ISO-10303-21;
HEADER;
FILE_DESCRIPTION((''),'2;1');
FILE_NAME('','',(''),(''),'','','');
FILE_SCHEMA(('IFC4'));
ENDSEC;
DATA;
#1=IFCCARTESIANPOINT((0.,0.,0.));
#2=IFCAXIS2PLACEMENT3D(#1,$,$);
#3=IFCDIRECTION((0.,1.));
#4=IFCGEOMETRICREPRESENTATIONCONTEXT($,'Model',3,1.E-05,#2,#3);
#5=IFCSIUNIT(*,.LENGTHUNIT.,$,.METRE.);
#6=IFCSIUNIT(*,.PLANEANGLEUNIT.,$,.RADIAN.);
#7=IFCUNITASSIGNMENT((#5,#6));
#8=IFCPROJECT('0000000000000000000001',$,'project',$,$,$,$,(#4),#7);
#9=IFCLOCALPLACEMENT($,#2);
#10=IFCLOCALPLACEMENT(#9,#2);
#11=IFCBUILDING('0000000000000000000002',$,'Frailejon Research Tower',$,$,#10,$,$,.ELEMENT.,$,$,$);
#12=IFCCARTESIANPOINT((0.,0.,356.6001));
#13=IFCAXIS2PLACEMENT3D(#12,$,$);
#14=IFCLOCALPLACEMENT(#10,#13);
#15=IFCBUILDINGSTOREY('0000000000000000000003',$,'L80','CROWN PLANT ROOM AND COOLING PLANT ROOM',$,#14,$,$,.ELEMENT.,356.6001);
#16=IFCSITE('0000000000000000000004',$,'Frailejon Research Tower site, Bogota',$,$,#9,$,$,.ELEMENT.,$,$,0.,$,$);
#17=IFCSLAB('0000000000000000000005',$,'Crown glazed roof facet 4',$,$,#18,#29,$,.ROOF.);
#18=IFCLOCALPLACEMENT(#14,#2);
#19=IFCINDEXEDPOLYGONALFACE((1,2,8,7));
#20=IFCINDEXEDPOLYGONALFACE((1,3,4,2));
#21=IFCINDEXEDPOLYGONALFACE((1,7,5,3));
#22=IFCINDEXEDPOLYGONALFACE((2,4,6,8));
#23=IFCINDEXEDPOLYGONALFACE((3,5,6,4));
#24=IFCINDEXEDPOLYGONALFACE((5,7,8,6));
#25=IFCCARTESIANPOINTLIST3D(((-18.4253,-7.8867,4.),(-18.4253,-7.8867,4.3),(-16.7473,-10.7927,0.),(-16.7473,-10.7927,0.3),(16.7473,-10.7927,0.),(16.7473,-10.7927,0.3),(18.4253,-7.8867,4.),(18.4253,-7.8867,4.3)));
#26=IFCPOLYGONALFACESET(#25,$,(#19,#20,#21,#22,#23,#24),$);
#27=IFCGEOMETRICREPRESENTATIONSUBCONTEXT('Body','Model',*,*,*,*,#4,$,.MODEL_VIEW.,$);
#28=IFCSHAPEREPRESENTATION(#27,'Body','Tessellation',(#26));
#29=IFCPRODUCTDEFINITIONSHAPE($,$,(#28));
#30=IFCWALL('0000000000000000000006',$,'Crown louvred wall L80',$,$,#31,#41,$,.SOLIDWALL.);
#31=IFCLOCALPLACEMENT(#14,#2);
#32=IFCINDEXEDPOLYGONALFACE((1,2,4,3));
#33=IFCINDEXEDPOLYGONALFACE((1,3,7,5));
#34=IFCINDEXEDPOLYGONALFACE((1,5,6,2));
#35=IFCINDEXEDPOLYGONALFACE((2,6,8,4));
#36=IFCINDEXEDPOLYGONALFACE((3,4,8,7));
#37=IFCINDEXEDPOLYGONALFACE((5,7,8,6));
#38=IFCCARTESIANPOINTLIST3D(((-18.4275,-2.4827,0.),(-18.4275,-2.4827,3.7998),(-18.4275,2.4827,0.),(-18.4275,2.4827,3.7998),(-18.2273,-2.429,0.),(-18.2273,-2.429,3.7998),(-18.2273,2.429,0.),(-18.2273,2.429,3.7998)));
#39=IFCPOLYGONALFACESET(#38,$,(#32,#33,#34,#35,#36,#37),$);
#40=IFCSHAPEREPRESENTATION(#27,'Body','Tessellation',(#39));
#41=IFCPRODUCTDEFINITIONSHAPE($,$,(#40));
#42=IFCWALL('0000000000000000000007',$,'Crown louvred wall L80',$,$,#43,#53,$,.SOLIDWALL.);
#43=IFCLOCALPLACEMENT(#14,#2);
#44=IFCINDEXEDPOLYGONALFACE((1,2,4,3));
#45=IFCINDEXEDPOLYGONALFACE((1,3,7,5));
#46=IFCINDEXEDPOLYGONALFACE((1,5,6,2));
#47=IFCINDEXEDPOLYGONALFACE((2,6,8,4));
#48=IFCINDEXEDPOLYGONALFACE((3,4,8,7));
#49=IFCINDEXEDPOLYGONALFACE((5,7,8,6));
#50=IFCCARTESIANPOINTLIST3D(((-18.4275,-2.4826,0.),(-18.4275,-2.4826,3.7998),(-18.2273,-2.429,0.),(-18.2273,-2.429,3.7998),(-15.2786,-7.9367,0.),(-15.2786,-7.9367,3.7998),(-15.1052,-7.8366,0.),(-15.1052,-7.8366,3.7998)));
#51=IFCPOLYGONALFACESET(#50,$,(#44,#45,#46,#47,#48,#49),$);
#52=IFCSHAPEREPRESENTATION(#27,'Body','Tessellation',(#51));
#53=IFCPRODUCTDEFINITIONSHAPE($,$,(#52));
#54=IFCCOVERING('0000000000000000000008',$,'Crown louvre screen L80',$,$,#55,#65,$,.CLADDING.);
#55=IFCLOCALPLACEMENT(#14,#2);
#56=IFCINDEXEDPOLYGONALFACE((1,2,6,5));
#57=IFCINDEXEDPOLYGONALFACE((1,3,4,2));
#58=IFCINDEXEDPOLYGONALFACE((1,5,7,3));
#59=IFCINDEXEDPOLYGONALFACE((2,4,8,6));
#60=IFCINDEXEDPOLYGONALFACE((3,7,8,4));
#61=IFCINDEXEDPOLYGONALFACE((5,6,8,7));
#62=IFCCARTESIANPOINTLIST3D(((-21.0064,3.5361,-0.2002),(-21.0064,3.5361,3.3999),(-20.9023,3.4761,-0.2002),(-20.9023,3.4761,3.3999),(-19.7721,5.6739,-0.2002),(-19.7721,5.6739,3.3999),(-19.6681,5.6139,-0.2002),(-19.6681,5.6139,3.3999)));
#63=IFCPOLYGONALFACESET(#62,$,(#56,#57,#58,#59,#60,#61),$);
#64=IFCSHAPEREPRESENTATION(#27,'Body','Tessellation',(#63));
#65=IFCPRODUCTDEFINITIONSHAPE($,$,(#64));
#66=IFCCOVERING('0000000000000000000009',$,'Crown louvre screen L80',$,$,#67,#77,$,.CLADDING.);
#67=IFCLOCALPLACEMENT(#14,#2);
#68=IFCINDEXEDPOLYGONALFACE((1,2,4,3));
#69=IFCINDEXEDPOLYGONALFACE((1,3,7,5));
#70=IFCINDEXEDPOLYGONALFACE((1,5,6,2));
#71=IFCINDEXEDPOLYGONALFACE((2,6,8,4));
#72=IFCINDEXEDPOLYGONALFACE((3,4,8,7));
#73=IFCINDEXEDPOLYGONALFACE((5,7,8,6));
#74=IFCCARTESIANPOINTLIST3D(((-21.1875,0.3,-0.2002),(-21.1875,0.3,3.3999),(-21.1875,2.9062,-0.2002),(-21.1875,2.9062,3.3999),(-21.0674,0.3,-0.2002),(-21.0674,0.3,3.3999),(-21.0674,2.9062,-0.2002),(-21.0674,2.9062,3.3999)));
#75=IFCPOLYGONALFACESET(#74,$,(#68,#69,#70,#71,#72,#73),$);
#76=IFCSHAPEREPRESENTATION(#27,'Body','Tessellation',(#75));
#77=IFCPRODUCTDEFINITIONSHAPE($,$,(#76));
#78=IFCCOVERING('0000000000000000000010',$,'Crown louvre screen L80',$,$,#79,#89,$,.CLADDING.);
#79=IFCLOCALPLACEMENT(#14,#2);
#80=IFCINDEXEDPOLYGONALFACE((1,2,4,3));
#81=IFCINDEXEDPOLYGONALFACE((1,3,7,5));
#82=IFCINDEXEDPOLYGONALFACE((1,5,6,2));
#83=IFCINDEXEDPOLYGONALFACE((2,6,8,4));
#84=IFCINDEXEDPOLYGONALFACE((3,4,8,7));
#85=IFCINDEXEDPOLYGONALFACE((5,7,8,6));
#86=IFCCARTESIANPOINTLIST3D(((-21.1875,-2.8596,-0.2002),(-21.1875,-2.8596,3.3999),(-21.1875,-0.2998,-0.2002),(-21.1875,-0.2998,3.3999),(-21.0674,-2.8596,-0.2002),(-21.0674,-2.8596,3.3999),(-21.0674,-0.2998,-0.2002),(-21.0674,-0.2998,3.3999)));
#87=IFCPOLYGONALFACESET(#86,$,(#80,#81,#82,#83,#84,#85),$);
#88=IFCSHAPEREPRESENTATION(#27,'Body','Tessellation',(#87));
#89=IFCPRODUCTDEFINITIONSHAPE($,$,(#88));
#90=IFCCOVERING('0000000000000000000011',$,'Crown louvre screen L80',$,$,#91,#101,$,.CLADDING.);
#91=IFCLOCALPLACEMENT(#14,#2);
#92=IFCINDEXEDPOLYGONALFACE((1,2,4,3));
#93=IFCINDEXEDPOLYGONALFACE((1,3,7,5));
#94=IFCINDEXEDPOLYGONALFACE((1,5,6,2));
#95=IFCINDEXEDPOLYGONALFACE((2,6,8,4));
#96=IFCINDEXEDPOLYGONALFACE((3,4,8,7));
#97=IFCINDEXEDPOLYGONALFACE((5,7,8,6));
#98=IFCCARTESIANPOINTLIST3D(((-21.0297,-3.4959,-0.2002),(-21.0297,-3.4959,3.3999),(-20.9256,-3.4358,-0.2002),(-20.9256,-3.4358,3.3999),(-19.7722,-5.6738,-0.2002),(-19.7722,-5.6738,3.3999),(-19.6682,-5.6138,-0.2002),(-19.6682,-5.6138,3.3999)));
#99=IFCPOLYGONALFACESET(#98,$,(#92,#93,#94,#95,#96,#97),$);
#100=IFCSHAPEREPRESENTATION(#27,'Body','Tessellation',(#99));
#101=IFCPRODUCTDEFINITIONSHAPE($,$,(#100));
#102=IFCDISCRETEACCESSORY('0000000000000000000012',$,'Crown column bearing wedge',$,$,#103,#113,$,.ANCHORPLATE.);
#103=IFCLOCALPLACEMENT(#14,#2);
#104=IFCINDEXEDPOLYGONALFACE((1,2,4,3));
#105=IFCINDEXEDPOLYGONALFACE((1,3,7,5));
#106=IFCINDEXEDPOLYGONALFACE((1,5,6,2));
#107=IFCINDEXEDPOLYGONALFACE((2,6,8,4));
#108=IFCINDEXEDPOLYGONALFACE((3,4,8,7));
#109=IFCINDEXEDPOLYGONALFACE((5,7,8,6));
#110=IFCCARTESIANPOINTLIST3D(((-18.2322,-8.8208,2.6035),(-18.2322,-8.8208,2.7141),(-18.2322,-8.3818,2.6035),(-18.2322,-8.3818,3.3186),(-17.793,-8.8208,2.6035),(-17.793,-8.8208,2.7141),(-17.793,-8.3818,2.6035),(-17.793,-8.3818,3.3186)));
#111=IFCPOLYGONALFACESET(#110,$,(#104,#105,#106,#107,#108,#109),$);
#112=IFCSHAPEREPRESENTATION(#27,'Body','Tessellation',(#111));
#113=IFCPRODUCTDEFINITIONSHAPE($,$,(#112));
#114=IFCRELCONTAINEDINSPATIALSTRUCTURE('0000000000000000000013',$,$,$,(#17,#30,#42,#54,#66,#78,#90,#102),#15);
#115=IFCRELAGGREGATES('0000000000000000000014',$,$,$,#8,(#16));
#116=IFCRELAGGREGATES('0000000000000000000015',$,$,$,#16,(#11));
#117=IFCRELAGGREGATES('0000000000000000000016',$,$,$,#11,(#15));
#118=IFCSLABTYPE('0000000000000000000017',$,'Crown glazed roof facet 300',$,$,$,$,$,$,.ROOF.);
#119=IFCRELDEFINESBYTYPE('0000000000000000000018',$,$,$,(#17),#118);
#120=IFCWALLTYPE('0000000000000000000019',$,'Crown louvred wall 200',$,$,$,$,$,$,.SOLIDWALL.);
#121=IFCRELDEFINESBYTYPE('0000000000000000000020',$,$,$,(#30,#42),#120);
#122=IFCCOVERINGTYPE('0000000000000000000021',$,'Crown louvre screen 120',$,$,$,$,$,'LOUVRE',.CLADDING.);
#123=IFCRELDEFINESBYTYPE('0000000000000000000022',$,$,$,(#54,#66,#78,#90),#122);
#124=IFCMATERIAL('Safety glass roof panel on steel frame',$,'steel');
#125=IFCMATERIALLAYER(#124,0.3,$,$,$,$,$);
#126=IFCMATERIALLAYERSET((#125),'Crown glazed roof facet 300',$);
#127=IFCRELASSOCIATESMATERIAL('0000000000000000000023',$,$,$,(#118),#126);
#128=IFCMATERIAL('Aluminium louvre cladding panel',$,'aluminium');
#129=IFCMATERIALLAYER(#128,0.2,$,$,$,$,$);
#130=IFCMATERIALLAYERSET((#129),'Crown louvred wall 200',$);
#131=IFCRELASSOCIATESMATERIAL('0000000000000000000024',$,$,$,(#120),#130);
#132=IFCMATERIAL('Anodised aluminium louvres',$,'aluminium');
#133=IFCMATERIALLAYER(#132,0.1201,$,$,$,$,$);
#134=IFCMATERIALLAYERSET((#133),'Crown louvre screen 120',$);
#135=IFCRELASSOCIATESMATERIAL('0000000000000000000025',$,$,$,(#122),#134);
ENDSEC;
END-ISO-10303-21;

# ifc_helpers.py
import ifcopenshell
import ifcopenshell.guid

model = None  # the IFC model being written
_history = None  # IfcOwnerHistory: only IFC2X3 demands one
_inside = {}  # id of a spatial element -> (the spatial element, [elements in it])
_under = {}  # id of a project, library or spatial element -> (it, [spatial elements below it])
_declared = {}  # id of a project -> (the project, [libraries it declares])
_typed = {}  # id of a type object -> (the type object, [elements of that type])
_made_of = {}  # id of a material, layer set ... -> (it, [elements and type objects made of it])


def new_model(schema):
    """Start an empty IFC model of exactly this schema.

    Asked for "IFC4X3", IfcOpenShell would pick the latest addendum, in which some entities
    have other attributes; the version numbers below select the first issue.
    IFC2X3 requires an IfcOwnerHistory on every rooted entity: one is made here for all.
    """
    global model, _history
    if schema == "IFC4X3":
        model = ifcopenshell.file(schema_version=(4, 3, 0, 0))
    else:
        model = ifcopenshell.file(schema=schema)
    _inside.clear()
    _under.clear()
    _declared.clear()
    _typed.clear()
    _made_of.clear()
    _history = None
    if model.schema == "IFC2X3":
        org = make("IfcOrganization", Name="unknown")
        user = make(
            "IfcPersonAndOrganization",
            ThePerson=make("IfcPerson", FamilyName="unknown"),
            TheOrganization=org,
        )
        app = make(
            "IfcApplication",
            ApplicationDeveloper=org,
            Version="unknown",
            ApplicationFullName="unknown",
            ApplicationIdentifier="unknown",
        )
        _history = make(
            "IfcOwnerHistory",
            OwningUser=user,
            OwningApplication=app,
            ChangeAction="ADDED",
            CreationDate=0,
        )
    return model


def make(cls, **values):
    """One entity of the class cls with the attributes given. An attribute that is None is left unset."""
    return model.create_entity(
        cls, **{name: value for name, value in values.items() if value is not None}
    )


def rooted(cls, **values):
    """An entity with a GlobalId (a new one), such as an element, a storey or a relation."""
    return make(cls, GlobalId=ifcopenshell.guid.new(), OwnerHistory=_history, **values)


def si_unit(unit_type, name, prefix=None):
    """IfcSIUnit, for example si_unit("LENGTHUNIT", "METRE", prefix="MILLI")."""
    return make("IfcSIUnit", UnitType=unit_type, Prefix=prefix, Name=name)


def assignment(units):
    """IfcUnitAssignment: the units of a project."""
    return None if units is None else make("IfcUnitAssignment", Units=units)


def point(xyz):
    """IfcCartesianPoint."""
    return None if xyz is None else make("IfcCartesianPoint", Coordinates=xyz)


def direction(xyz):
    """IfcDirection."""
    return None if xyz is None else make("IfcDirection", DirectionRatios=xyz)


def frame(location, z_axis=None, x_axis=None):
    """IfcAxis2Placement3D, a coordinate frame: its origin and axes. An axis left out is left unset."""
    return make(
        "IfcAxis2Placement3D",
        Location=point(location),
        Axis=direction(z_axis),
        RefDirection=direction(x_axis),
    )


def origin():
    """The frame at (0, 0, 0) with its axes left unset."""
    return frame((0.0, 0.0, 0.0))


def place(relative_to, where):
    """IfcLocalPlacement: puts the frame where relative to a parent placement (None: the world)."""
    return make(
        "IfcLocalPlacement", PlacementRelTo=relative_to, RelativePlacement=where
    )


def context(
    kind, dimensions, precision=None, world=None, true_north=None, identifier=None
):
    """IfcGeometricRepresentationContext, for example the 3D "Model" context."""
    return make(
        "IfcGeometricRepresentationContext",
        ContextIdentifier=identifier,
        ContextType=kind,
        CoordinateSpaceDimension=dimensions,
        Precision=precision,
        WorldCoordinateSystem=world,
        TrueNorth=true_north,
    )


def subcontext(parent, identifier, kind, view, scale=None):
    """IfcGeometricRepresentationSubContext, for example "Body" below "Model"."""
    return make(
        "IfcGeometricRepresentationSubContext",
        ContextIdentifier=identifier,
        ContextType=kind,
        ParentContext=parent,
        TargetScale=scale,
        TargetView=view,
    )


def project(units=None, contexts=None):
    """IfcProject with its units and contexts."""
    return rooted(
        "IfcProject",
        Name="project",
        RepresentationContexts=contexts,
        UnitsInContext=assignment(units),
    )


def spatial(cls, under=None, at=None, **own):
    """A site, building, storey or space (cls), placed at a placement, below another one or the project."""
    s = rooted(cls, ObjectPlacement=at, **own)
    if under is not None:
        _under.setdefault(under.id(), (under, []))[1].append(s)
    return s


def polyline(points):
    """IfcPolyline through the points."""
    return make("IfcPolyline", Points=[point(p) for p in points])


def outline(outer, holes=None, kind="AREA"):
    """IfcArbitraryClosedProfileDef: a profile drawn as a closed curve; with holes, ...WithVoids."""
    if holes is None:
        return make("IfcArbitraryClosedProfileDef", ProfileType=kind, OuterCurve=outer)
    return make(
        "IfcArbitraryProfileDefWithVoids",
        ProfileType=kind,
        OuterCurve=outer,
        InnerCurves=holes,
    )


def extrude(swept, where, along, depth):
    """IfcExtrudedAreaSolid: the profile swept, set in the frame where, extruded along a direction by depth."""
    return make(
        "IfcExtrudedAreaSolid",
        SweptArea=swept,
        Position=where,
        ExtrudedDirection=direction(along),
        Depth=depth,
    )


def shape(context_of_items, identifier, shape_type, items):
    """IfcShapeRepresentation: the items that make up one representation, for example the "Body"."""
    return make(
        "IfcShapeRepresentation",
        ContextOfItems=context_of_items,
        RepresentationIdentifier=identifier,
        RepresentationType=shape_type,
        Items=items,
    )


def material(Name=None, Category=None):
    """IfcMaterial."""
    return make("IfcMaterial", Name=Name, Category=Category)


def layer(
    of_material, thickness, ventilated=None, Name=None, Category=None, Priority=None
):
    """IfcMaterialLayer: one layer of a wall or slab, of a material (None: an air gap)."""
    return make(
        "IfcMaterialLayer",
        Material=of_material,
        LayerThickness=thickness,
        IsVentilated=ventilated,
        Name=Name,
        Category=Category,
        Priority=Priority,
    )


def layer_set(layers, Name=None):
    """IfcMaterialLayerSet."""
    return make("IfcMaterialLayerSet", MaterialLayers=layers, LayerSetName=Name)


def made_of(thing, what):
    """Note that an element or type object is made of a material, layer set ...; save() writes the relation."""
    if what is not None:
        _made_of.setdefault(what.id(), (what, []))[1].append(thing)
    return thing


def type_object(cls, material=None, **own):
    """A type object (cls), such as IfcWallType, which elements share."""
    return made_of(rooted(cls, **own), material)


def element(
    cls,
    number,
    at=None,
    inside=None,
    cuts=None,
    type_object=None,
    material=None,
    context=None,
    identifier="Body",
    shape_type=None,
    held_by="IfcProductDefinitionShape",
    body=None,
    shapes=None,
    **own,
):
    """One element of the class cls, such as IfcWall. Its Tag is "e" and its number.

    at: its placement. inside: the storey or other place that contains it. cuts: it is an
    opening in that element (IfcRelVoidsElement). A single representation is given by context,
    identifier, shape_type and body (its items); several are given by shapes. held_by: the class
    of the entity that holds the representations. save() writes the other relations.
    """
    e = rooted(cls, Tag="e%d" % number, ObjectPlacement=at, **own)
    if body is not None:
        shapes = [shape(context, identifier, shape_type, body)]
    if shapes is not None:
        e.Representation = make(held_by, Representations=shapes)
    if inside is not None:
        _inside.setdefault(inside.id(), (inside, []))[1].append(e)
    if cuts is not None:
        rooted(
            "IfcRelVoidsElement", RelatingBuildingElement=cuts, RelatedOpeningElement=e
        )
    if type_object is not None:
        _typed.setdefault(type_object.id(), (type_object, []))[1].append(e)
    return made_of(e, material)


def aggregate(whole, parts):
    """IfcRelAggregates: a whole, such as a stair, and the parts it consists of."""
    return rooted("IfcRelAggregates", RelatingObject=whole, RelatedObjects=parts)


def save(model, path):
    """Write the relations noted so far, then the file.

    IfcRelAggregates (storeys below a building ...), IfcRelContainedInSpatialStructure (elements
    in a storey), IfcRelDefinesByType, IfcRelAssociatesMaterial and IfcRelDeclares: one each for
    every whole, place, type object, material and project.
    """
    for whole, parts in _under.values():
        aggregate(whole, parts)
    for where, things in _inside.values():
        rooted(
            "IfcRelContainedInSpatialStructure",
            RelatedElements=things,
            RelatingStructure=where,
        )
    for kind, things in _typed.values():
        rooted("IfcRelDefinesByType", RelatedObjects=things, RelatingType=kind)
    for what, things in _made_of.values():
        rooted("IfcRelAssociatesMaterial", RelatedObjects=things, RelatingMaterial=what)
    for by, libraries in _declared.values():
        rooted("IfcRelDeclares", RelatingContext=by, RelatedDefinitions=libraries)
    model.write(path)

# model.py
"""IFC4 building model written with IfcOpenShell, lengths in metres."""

from ifc_helpers import new_model, si_unit, direction, frame, origin, place, context, subcontext, project, spatial, polyline, outline, extrude, material, layer, layer_set, type_object, element, save


model = new_model("IFC4")

# Units and contexts
model_context = context("Model", 3, precision=1e-05, world=origin(), true_north=direction((0.0, 1.0)))
body_context = subcontext(model_context, "Body", "Model", "MODEL_VIEW")
ifc_project = project(units=[si_unit("LENGTHUNIT", "METRE"), si_unit("PLANEANGLEUNIT", "RADIAN")], contexts=[model_context])

# Site, building, storey
site_placement = place(None, origin())
site = spatial("IfcSite", under=ifc_project, at=site_placement, Name="Frailejon Research Tower site, Bogota", CompositionType="ELEMENT", RefElevation=0.0)
building_placement = place(site_placement, origin())
building = spatial("IfcBuilding", under=site, at=building_placement, Name="Frailejon Research Tower", CompositionType="ELEMENT")
storey_placement = place(building_placement, frame((0.0, 0.0, 356.6001)))
storey = spatial("IfcBuildingStorey", under=building, at=storey_placement, Name="L80", Description="CROWN PLANT ROOM AND COOLING PLANT ROOM", CompositionType="ELEMENT", Elevation=356.6001)

# Slab
ifc_material_1 = material(Name="Safety glass roof panel on steel frame", Category="steel")
ifc_layer_1 = layer(ifc_material_1, 0.3)
ifc_layer_set_1 = layer_set([ifc_layer_1], Name="Crown glazed roof facet 300")
slab_type = type_object("IfcSlabType", Name="Crown glazed roof facet 300", PredefinedType="ROOF", material=ifc_layer_set_1)
slab_placement = place(storey_placement, frame((-18.4253, -7.8867, 4.0), z_axis=(0.0, -0.809033, 0.587764), x_axis=(1.0, 0.0, 0.0)))
element("IfcSlab", 1, at=slab_placement, inside=storey, type_object=slab_type, Name="Crown glazed roof facet 4", PredefinedType="ROOF", context=body_context, shape_type="SweptSolid", body=[
    extrude(outline(polyline([(0.0, 0.0), (36.8506, 0.0), (35.1726, -4.9442), (1.678, -4.9442), (0.0, 0.0)])), origin(), (0.0, 0.809033, 0.587764), 0.3),
])

# Walls
ifc_material_2 = material(Name="Aluminium louvre cladding panel", Category="aluminium")
ifc_layer_2 = layer(ifc_material_2, 0.2)
ifc_layer_set_2 = layer_set([ifc_layer_2], Name="Crown louvred wall 200")
wall_type = type_object("IfcWallType", Name="Crown louvred wall 200", PredefinedType="SOLIDWALL", material=ifc_layer_set_2)
wall_1_placement = place(storey_placement, frame((-18.3274, 2.4558, 0.0), z_axis=(0.0, 0.0, 1.0), x_axis=(0.0, -1.0, 0.0)))
element("IfcWall", 2, at=wall_1_placement, inside=storey, type_object=wall_type, Name="Crown louvred wall L80", PredefinedType="SOLIDWALL", context=body_context, shape_type="SweptSolid", body=[
    extrude(outline(polyline([(-0.0269, -0.1001), (4.9385, -0.1001), (4.8848, 0.1001), (0.0269, 0.1001), (-0.0269, -0.1001)])), origin(), (0.0, 0.0, 1.0), 3.7998),
])
wall_2_placement = place(storey_placement, frame((-18.3274, -2.4558, 0.0), z_axis=(0.0, 0.0, 1.0), x_axis=(0.499995, -0.866028, 0.0)))
element("IfcWall", 3, at=wall_2_placement, inside=storey, type_object=wall_type, Name="Crown louvred wall L80", PredefinedType="SOLIDWALL", context=body_context, shape_type="SweptSolid", body=[
    extrude(outline(polyline([(-0.0269, -0.1001), (6.271, -0.1001), (6.271, 0.1001), (0.0269, 0.1001), (-0.0269, -0.1001)])), origin(), (0.0, 0.0, 1.0), 3.7998),
])

# Coverings
ifc_material_3 = material(Name="Anodised aluminium louvres", Category="aluminium")
ifc_layer_3 = layer(ifc_material_3, 0.1201)
ifc_layer_set_3 = layer_set([ifc_layer_3], Name="Crown louvre screen 120")
covering_type = type_object("IfcCoveringType", Name="Crown louvre screen 120", ElementType="LOUVRE", PredefinedType="CLADDING", material=ifc_layer_set_3)
covering_1_placement = place(storey_placement, frame((-20.9543, 3.5061, -0.2002), z_axis=(0.499999, 0.866026, 0.0), x_axis=(-0.866026, 0.499999, 0.0)))
element("IfcCovering", 4, at=covering_1_placement, inside=storey, type_object=covering_type, Name="Crown louvre screen L80", PredefinedType="CLADDING", context=body_context, shape_type="SweptSolid", body=[
    extrude(outline(polyline([(-0.0601, 0.0), (0.0601, 0.0), (0.0601, 3.6001), (-0.0601, 3.6001), (-0.0601, 0.0)])), origin(), (0.0, 0.0, 1.0), 2.4685),
])
covering_2_placement = place(storey_placement, frame((-21.1274, 0.3, -0.2002), z_axis=(0.0, 1.0, 0.0), x_axis=(-1.0, 0.0, 0.0)))
element("IfcCovering", 5, at=covering_2_placement, inside=storey, type_object=covering_type, Name="Crown louvre screen L80", PredefinedType="CLADDING", context=body_context, shape_type="SweptSolid", body=[
    extrude(outline(polyline([(-0.0601, 0.0), (0.0601, 0.0), (0.0601, 3.6001), (-0.0601, 3.6001), (-0.0601, 0.0)])), origin(), (0.0, 0.0, 1.0), 2.6062),
])
covering_3_placement = place(storey_placement, frame((-21.1274, -2.8596, -0.2002), z_axis=(0.0, 1.0, 0.0), x_axis=(-1.0, 0.0, 0.0)))
element("IfcCovering", 6, at=covering_3_placement, inside=storey, type_object=covering_type, Name="Crown louvre screen L80", PredefinedType="CLADDING", context=body_context, shape_type="SweptSolid", body=[
    extrude(outline(polyline([(-0.0601, 0.0), (0.0601, 0.0), (0.0601, 3.6001), (-0.0601, 3.6001), (-0.0601, 0.0)])), origin(), (0.0, 0.0, 1.0), 2.5598),
])
covering_4_placement = place(storey_placement, frame((-19.7202, -5.6438, -0.2002), z_axis=(-0.499997, 0.866027, 0.0), x_axis=(-0.866027, -0.499997, 0.0)))
element("IfcCovering", 7, at=covering_4_placement, inside=storey, type_object=covering_type, Name="Crown louvre screen L80", PredefinedType="CLADDING", context=body_context, shape_type="SweptSolid", body=[
    extrude(outline(polyline([(-0.0601, 0.0), (0.0601, 0.0), (0.0601, 3.6001), (-0.0601, 3.6001), (-0.0601, 0.0)])), origin(), (0.0, 0.0, 1.0), 2.5149),
])

# Discrete accessory
discrete_accessory_placement = place(storey_placement, frame((-18.2322, -8.6013, 2.6035), z_axis=(1.0, 0.0, 0.0), x_axis=(0.0, 1.0, 0.0)))
element("IfcDiscreteAccessory", 8, at=discrete_accessory_placement, inside=storey, Name="Crown column bearing wedge", PredefinedType="ANCHORPLATE", context=body_context, shape_type="SweptSolid", body=[
    extrude(outline(polyline([(-0.2195, 0.0), (0.2195, 0.0), (0.2195, 0.7151), (-0.2195, 0.1106), (-0.2195, 0.0)])), origin(), (0.0, 0.0, 1.0), 0.4392),
])

save(model, "model.ifc")
